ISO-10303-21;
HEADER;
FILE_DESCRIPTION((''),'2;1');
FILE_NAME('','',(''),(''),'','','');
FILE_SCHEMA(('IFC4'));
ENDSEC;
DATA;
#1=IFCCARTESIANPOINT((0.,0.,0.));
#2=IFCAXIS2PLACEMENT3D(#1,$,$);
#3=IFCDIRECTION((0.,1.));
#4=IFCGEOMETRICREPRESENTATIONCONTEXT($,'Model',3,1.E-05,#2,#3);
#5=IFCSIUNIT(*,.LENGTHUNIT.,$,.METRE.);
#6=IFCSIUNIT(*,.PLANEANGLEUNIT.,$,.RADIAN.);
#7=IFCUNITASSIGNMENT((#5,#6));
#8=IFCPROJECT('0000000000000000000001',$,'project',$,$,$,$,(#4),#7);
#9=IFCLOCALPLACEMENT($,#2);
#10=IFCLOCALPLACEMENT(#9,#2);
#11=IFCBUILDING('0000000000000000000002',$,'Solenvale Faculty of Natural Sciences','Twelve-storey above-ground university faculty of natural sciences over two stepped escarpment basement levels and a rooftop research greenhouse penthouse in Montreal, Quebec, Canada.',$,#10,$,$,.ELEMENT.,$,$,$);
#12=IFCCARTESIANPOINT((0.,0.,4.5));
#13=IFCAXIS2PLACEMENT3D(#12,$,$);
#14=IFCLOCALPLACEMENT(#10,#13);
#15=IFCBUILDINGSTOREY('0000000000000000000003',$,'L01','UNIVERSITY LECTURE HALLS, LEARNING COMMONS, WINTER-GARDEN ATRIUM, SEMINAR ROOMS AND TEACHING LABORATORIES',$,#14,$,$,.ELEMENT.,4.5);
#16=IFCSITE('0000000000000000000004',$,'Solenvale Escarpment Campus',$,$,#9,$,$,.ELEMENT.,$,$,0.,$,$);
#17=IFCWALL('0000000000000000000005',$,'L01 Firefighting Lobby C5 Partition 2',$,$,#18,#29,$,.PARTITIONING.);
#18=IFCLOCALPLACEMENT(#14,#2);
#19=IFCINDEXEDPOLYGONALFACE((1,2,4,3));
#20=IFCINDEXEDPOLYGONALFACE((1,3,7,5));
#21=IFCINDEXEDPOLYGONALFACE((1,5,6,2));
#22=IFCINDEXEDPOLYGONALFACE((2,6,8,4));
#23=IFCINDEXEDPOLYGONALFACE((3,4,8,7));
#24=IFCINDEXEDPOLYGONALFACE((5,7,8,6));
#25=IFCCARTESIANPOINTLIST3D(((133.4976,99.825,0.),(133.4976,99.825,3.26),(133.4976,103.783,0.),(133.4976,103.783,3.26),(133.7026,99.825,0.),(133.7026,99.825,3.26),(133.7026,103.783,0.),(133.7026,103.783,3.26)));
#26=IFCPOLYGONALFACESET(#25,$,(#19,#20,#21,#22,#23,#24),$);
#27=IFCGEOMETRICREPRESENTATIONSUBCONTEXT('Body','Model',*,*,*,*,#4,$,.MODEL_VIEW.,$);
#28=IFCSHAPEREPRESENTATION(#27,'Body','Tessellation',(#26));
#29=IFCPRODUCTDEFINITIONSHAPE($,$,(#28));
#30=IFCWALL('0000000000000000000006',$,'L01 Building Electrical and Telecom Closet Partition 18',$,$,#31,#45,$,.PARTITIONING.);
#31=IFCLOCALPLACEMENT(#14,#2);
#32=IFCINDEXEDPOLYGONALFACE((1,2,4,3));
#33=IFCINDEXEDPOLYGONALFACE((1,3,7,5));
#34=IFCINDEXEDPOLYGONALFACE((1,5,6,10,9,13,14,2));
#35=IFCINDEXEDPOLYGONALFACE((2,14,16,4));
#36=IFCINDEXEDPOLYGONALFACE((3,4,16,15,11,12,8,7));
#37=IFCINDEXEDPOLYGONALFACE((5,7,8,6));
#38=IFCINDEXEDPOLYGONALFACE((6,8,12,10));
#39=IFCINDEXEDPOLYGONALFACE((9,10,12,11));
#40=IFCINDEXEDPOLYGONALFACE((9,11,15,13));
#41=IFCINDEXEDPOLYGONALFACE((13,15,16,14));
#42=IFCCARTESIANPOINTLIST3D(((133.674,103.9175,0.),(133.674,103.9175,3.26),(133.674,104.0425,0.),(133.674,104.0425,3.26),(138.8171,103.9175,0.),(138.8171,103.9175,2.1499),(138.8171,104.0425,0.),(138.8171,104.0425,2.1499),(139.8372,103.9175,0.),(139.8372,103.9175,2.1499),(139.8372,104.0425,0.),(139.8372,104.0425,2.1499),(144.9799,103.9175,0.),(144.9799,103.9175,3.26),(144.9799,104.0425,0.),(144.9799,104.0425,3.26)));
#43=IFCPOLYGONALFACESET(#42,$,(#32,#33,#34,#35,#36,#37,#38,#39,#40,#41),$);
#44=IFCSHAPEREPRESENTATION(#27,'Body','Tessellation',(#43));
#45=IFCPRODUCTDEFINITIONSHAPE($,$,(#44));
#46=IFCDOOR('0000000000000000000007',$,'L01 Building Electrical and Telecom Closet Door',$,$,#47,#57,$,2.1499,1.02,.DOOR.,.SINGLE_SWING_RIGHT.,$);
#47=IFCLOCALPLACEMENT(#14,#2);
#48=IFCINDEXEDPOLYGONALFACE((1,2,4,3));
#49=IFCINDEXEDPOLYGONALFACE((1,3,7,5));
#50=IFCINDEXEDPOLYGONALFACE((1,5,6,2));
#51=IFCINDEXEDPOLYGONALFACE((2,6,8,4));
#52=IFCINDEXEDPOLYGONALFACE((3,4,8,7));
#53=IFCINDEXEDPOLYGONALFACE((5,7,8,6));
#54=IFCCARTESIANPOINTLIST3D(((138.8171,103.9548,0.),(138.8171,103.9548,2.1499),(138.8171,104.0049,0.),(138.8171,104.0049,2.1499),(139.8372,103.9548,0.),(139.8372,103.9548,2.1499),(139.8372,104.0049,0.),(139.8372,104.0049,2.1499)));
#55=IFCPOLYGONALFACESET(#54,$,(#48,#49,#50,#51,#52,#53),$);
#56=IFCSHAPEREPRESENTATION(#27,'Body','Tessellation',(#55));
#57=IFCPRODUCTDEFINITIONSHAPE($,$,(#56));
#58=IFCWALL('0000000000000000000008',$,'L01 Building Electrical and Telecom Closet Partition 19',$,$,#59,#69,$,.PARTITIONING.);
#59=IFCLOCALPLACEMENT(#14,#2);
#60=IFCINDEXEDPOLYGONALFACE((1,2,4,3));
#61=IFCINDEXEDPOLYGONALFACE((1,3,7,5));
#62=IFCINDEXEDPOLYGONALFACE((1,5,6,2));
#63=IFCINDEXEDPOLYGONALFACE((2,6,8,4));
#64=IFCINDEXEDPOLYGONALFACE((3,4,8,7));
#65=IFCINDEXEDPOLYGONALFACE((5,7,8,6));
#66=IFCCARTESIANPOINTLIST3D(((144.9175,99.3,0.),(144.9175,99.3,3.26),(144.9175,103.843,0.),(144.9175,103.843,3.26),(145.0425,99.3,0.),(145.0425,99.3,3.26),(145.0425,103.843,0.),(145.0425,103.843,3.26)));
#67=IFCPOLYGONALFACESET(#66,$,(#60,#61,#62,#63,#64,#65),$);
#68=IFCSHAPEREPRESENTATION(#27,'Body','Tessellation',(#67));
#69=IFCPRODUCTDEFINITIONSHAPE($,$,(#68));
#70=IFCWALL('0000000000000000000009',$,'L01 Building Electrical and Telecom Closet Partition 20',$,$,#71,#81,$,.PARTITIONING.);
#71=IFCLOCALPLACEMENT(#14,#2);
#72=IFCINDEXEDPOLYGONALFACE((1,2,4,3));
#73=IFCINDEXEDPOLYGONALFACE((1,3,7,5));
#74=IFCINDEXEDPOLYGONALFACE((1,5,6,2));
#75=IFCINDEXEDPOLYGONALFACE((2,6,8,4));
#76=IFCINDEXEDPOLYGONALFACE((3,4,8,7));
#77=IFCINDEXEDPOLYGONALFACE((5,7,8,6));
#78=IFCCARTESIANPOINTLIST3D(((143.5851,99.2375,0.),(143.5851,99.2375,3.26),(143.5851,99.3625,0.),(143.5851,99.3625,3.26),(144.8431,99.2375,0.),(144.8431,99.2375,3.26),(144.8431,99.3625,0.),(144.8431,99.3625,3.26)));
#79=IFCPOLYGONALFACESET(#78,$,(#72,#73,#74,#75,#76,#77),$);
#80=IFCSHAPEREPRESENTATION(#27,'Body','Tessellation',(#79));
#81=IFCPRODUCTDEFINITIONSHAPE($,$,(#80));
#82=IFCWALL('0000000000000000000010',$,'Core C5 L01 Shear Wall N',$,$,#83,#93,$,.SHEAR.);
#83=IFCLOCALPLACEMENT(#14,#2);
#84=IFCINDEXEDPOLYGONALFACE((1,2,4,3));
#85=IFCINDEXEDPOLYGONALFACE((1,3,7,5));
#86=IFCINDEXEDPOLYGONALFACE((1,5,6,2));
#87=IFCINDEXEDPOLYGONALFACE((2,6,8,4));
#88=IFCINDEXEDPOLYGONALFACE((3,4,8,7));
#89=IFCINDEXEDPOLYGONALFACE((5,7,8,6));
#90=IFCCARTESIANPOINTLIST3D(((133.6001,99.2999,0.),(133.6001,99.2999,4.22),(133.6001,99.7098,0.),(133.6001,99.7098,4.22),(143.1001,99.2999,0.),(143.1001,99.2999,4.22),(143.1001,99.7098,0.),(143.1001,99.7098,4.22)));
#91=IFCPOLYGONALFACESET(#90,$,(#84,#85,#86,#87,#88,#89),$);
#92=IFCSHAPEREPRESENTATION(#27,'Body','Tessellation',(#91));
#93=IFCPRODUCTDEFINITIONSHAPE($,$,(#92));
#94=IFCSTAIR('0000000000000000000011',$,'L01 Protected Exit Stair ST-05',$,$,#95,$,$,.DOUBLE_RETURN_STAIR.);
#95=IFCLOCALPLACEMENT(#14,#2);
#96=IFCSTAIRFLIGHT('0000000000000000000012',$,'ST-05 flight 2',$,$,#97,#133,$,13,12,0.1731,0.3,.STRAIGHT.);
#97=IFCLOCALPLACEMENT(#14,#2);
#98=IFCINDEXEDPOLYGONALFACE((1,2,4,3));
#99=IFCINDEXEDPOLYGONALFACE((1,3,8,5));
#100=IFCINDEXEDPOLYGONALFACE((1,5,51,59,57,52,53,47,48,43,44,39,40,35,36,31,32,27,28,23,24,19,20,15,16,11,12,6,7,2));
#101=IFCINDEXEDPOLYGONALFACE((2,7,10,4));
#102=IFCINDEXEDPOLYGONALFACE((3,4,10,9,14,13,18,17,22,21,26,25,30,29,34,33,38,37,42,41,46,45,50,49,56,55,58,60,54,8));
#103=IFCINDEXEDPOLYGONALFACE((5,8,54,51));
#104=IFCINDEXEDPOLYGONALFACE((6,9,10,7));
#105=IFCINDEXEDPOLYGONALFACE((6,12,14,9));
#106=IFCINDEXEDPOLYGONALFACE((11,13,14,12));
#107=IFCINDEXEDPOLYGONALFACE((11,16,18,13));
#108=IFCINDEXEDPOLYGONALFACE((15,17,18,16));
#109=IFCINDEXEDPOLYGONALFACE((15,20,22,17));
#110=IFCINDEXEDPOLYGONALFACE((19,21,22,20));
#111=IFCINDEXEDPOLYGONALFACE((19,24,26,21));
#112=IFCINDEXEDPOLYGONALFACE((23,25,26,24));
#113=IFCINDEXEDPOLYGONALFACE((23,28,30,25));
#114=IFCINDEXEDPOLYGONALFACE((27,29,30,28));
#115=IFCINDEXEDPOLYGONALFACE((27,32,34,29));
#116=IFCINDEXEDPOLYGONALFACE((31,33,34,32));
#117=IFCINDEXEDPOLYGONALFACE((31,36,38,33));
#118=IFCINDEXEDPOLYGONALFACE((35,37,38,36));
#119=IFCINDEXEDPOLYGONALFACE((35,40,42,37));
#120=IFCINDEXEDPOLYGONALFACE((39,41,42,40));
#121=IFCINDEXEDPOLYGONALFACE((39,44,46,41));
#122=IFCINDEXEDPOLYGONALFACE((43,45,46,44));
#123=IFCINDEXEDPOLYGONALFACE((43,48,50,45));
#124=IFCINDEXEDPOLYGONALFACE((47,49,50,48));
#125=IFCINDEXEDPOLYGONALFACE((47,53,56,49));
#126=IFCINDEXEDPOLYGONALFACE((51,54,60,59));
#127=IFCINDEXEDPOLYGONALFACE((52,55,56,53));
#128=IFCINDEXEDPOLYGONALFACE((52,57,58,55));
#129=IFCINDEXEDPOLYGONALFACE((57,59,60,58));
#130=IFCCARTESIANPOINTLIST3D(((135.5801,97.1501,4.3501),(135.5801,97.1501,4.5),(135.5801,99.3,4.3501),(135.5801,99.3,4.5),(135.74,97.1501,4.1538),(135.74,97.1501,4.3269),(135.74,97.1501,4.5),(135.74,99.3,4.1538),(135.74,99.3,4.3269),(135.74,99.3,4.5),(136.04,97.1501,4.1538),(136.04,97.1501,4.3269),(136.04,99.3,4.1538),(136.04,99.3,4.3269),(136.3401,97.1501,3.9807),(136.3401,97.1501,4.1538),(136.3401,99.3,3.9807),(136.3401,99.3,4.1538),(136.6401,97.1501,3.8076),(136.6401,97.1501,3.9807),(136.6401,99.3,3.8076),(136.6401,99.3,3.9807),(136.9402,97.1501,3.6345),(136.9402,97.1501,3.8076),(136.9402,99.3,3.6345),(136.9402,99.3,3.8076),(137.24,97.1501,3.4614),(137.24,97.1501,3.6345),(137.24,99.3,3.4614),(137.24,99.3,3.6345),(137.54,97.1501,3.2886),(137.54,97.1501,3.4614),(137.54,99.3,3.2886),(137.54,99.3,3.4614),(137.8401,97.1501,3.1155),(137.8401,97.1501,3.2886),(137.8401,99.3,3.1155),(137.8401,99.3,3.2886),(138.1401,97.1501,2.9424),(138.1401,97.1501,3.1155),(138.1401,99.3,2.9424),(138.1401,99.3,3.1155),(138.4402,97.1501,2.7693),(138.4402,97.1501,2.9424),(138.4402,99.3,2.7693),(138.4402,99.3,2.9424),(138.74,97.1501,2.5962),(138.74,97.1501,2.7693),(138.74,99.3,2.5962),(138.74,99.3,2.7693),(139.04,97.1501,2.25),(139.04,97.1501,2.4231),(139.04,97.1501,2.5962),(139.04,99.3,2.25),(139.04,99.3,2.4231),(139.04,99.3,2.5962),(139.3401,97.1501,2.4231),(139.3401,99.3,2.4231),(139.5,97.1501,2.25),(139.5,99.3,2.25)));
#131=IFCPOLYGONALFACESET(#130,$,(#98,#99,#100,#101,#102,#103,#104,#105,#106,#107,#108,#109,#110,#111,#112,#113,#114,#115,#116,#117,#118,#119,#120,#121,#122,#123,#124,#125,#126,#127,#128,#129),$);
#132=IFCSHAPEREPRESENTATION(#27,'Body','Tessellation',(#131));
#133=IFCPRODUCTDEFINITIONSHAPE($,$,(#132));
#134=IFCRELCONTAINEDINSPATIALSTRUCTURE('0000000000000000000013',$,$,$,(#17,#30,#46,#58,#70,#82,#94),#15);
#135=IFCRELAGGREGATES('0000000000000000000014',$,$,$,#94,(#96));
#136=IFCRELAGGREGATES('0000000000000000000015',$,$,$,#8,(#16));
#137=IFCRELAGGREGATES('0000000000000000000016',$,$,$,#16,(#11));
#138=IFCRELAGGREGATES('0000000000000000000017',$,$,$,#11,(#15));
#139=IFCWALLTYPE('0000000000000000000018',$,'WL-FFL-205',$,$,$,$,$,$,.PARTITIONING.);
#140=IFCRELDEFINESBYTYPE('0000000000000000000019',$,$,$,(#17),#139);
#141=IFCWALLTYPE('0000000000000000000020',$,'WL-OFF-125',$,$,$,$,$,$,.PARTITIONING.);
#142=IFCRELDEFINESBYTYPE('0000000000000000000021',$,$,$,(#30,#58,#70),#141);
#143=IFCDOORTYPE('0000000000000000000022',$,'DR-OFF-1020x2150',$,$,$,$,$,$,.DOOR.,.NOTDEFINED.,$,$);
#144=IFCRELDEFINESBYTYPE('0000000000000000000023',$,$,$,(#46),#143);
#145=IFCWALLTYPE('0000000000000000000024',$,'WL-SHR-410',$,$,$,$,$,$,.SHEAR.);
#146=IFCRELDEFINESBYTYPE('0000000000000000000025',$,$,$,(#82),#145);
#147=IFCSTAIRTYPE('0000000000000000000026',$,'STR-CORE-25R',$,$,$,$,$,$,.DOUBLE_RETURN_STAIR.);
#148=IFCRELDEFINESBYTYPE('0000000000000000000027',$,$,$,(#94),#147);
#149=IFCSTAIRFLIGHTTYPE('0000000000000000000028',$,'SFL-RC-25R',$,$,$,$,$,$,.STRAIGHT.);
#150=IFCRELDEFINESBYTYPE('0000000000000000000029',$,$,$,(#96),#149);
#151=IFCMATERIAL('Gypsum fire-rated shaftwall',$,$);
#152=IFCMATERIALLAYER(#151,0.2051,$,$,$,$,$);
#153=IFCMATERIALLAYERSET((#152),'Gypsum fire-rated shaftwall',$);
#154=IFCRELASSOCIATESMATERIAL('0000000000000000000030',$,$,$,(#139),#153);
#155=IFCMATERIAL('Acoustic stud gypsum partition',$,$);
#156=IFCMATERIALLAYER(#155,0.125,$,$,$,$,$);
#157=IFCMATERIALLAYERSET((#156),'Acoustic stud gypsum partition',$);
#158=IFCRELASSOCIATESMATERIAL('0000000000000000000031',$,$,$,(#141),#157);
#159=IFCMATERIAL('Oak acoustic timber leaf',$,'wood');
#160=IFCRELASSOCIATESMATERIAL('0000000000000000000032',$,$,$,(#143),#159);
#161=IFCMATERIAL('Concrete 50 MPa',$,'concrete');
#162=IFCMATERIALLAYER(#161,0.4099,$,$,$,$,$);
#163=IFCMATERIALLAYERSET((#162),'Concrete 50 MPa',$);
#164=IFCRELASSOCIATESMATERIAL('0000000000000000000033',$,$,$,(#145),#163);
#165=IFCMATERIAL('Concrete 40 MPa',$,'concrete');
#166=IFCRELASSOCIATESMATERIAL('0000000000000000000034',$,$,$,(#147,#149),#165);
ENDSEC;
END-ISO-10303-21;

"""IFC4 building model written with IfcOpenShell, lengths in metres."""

from ifc_helpers import new_model, si_unit, direction, frame, frame_2d, origin, place, context, subcontext, project, spatial, polyline, rectangle, outline, extrude, material, layer, layer_set, type_object, element, fill, aggregate, save


model = new_model("IFC4")

# Units and contexts
model_context = context("Model", 3, precision=1e-05, world=origin(), true_north=direction((0.0, 1.0)))
body_context = subcontext(model_context, "Body", "Model", "MODEL_VIEW")
ifc_project = project(units=[si_unit("LENGTHUNIT", "METRE"), si_unit("PLANEANGLEUNIT", "RADIAN")], contexts=[model_context])

# Site, building, storey
site_placement = place(None, origin())
site = spatial("IfcSite", under=ifc_project, at=site_placement, Name="Solenvale Escarpment Campus", CompositionType="ELEMENT", RefElevation=0.0)
building_placement = place(site_placement, origin())
building = spatial("IfcBuilding", under=site, at=building_placement, Name="Solenvale Faculty of Natural Sciences", Description="Twelve-storey above-ground university faculty of natural sciences over two stepped escarpment basement levels and a rooftop research greenhouse penthouse in Montreal, Quebec, Canada.", CompositionType="ELEMENT")
storey_placement = place(building_placement, frame((0.0, 0.0, 4.5)))
storey = spatial("IfcBuildingStorey", under=building, at=storey_placement, Name="L01", Description="UNIVERSITY LECTURE HALLS, LEARNING COMMONS, WINTER-GARDEN ATRIUM, SEMINAR ROOMS AND TEACHING LABORATORIES", CompositionType="ELEMENT", Elevation=4.5)

# Shared definitions
ifc_material_1 = material(Name="Concrete 50 MPa", Category="concrete")

# Shared definitions
ifc_material_2 = material(Name="Concrete 40 MPa", Category="concrete")

# Wall
ifc_material_3 = material(Name="Gypsum fire-rated shaftwall")
ifc_layer_1 = layer(ifc_material_3, 0.2051)
ifc_layer_set_1 = layer_set([ifc_layer_1], Name="Gypsum fire-rated shaftwall")
wall_type_1 = type_object("IfcWallType", Name="WL-FFL-205", PredefinedType="PARTITIONING", material=ifc_layer_set_1)
wall_1_placement = place(storey_placement, frame((133.6001, 103.783, 0.0), z_axis=(0.0, 0.0, 1.0), x_axis=(0.0, -1.0, 0.0)))
element("IfcWall", 1, at=wall_1_placement, inside=storey, type_object=wall_type_1, Name="L01 Firefighting Lobby C5 Partition 2", PredefinedType="PARTITIONING", context=body_context, shape_type="SweptSolid", body=[
    extrude(rectangle(XDim=3.958, YDim=0.2051, at=frame_2d((1.979, 0.0))), origin(), (0.0, 0.0, 1.0), 3.26),
])

# Wall, opening, door
ifc_material_4 = material(Name="Acoustic stud gypsum partition")
ifc_layer_2 = layer(ifc_material_4, 0.125)
ifc_layer_set_2 = layer_set([ifc_layer_2], Name="Acoustic stud gypsum partition")
wall_type_2 = type_object("IfcWallType", Name="WL-OFF-125", PredefinedType="PARTITIONING", material=ifc_layer_set_2)
wall_2_placement = place(storey_placement, frame((133.6741, 103.98, 0.0), z_axis=(0.0, 0.0, 1.0), x_axis=(1.0, 0.0, 0.0)))
wall_2 = element("IfcWall", 2, at=wall_2_placement, inside=storey, type_object=wall_type_2, Name="L01 Building Electrical and Telecom Closet Partition 18", PredefinedType="PARTITIONING", context=body_context, shape_type="SweptSolid", body=[
    extrude(rectangle(XDim=11.3059, YDim=0.125, at=frame_2d((5.6528, 0.0))), origin(), (0.0, 0.0, 1.0), 3.26),
])
opening_1_placement = place(wall_2_placement, frame((5.1431, 0.0, 0.0)))
opening_1 = element("IfcOpeningElement", 3, at=opening_1_placement, cuts=wall_2, PredefinedType="OPENING", context=body_context, shape_type="SweptSolid", body=[
    extrude(rectangle(XDim=1.02, YDim=2.1499, at=frame_2d((0.51, 1.075))), frame((0.0, 0.0725, 0.0), z_axis=(0.0, -1.0, 0.0), x_axis=(1.0, 0.0, 0.0)), (0.0, 0.0, 1.0), 0.145),
])
ifc_material_5 = material(Name="Oak acoustic timber leaf", Category="wood")
door_type_1 = type_object("IfcDoorType", Name="DR-OFF-1020x2150", OperationType="NOTDEFINED", PredefinedType="DOOR", material=ifc_material_5)
door_1_placement = place(opening_1_placement, origin())
door_1 = element("IfcDoor", 4, at=door_1_placement, inside=storey, type_object=door_type_1, Name="L01 Building Electrical and Telecom Closet Door", OperationType="SINGLE_SWING_RIGHT", OverallHeight=2.1499, OverallWidth=1.02, PredefinedType="DOOR", context=body_context, shape_type="SweptSolid", body=[
    extrude(rectangle(XDim=1.02, YDim=2.1499, at=frame_2d((0.51, 1.075))), frame((0.0, 0.0249, 0.0), z_axis=(0.0, -1.0, 0.0), x_axis=(1.0, 0.0, 0.0)), (0.0, 0.0, 1.0), 0.05),
])
fill(opening_1, door_1)

# Walls
wall_3_placement = place(storey_placement, frame((144.98, 103.843, 0.0), z_axis=(0.0, 0.0, 1.0), x_axis=(0.0, -1.0, 0.0)))
element("IfcWall", 5, at=wall_3_placement, inside=storey, type_object=wall_type_2, Name="L01 Building Electrical and Telecom Closet Partition 19", PredefinedType="PARTITIONING", context=body_context, shape_type="SweptSolid", body=[
    extrude(rectangle(XDim=4.543, YDim=0.125, at=frame_2d((2.2715, 0.0))), origin(), (0.0, 0.0, 1.0), 3.26),
])
wall_4_placement = place(storey_placement, frame((144.843, 99.3, 0.0), z_axis=(0.0, 0.0, 1.0), x_axis=(-1.0, 0.0, 0.0)))
element("IfcWall", 6, at=wall_4_placement, inside=storey, type_object=wall_type_2, Name="L01 Building Electrical and Telecom Closet Partition 20", PredefinedType="PARTITIONING", context=body_context, shape_type="SweptSolid", body=[
    extrude(rectangle(XDim=1.2581, YDim=0.125, at=frame_2d((0.6289, 0.0))), origin(), (0.0, 0.0, 1.0), 3.26),
])

# Wall
ifc_layer_3 = layer(ifc_material_1, 0.4099)
ifc_layer_set_3 = layer_set([ifc_layer_3], Name="Concrete 50 MPa")
wall_type_3 = type_object("IfcWallType", Name="WL-SHR-410", PredefinedType="SHEAR", material=ifc_layer_set_3)
wall_5_placement = place(storey_placement, frame((133.6001, 99.5049, 0.0), z_axis=(0.0, 0.0, 1.0), x_axis=(1.0, 0.0, 0.0)))
element("IfcWall", 7, at=wall_5_placement, inside=storey, type_object=wall_type_3, Name="Core C5 L01 Shear Wall N", PredefinedType="SHEAR", context=body_context, shape_type="SweptSolid", body=[
    extrude(rectangle(XDim=9.5, YDim=0.4099, at=frame_2d((4.75, 0.0))), origin(), (0.0, 0.0, 1.0), 4.22),
])

# Stair, stair flight
stair_type = type_object("IfcStairType", Name="STR-CORE-25R", PredefinedType="DOUBLE_RETURN_STAIR", material=ifc_material_2)
stair_placement = place(storey_placement, origin())
stair = element("IfcStair", 8, at=stair_placement, inside=storey, type_object=stair_type, Name="L01 Protected Exit Stair ST-05", PredefinedType="DOUBLE_RETURN_STAIR")
stair_flight_type = type_object("IfcStairFlightType", Name="SFL-RC-25R", PredefinedType="STRAIGHT", material=ifc_material_2)
stair_flight_placement = place(storey_placement, frame((139.3401, 98.2251, 2.25), z_axis=(0.0, 0.0, 1.0), x_axis=(-1.0, 0.0, 0.0)))
stair_flight = element("IfcStairFlight", 9, at=stair_flight_placement, type_object=stair_flight_type, Name="ST-05 flight 2", NumberOfRisers=13, NumberOfTreads=12, PredefinedType="STRAIGHT", RiserHeight=0.1731, TreadLength=0.3, context=body_context, shape_type="SweptSolid", body=[
    extrude(outline(polyline([(-0.1599, 0.0), (0.0, 0.1731), (0.3, 0.1731), (0.3, 0.3462), (0.6001, 0.3462), (0.6001, 0.5193), (0.8999, 0.5193), (0.8999, 0.6924), (1.2, 0.6924), (1.2, 0.8655), (1.5, 0.8655), (1.5, 1.0386), (1.8, 1.0386), (1.8, 1.2114), (2.1001, 1.2114), (2.1001, 1.3845), (2.3999, 1.3845), (2.3999, 1.5576), (2.7, 1.5576), (2.7, 1.7307), (3.0, 1.7307), (3.0, 1.9038), (3.3, 1.9038), (3.3, 2.0769), (3.6001, 2.0769), (3.6001, 2.25), (3.76, 2.25), (3.76, 2.1001), (3.6001, 1.9038), (0.3, 0.0), (-0.1599, 0.0)])), frame((0.0, 1.075, 0.0), z_axis=(0.0, -1.0, 0.0), x_axis=(1.0, 0.0, 0.0)), (0.0, 0.0, 1.0), 2.1499),
])
aggregate(stair, [stair_flight])

save(model, "model.ifc")
